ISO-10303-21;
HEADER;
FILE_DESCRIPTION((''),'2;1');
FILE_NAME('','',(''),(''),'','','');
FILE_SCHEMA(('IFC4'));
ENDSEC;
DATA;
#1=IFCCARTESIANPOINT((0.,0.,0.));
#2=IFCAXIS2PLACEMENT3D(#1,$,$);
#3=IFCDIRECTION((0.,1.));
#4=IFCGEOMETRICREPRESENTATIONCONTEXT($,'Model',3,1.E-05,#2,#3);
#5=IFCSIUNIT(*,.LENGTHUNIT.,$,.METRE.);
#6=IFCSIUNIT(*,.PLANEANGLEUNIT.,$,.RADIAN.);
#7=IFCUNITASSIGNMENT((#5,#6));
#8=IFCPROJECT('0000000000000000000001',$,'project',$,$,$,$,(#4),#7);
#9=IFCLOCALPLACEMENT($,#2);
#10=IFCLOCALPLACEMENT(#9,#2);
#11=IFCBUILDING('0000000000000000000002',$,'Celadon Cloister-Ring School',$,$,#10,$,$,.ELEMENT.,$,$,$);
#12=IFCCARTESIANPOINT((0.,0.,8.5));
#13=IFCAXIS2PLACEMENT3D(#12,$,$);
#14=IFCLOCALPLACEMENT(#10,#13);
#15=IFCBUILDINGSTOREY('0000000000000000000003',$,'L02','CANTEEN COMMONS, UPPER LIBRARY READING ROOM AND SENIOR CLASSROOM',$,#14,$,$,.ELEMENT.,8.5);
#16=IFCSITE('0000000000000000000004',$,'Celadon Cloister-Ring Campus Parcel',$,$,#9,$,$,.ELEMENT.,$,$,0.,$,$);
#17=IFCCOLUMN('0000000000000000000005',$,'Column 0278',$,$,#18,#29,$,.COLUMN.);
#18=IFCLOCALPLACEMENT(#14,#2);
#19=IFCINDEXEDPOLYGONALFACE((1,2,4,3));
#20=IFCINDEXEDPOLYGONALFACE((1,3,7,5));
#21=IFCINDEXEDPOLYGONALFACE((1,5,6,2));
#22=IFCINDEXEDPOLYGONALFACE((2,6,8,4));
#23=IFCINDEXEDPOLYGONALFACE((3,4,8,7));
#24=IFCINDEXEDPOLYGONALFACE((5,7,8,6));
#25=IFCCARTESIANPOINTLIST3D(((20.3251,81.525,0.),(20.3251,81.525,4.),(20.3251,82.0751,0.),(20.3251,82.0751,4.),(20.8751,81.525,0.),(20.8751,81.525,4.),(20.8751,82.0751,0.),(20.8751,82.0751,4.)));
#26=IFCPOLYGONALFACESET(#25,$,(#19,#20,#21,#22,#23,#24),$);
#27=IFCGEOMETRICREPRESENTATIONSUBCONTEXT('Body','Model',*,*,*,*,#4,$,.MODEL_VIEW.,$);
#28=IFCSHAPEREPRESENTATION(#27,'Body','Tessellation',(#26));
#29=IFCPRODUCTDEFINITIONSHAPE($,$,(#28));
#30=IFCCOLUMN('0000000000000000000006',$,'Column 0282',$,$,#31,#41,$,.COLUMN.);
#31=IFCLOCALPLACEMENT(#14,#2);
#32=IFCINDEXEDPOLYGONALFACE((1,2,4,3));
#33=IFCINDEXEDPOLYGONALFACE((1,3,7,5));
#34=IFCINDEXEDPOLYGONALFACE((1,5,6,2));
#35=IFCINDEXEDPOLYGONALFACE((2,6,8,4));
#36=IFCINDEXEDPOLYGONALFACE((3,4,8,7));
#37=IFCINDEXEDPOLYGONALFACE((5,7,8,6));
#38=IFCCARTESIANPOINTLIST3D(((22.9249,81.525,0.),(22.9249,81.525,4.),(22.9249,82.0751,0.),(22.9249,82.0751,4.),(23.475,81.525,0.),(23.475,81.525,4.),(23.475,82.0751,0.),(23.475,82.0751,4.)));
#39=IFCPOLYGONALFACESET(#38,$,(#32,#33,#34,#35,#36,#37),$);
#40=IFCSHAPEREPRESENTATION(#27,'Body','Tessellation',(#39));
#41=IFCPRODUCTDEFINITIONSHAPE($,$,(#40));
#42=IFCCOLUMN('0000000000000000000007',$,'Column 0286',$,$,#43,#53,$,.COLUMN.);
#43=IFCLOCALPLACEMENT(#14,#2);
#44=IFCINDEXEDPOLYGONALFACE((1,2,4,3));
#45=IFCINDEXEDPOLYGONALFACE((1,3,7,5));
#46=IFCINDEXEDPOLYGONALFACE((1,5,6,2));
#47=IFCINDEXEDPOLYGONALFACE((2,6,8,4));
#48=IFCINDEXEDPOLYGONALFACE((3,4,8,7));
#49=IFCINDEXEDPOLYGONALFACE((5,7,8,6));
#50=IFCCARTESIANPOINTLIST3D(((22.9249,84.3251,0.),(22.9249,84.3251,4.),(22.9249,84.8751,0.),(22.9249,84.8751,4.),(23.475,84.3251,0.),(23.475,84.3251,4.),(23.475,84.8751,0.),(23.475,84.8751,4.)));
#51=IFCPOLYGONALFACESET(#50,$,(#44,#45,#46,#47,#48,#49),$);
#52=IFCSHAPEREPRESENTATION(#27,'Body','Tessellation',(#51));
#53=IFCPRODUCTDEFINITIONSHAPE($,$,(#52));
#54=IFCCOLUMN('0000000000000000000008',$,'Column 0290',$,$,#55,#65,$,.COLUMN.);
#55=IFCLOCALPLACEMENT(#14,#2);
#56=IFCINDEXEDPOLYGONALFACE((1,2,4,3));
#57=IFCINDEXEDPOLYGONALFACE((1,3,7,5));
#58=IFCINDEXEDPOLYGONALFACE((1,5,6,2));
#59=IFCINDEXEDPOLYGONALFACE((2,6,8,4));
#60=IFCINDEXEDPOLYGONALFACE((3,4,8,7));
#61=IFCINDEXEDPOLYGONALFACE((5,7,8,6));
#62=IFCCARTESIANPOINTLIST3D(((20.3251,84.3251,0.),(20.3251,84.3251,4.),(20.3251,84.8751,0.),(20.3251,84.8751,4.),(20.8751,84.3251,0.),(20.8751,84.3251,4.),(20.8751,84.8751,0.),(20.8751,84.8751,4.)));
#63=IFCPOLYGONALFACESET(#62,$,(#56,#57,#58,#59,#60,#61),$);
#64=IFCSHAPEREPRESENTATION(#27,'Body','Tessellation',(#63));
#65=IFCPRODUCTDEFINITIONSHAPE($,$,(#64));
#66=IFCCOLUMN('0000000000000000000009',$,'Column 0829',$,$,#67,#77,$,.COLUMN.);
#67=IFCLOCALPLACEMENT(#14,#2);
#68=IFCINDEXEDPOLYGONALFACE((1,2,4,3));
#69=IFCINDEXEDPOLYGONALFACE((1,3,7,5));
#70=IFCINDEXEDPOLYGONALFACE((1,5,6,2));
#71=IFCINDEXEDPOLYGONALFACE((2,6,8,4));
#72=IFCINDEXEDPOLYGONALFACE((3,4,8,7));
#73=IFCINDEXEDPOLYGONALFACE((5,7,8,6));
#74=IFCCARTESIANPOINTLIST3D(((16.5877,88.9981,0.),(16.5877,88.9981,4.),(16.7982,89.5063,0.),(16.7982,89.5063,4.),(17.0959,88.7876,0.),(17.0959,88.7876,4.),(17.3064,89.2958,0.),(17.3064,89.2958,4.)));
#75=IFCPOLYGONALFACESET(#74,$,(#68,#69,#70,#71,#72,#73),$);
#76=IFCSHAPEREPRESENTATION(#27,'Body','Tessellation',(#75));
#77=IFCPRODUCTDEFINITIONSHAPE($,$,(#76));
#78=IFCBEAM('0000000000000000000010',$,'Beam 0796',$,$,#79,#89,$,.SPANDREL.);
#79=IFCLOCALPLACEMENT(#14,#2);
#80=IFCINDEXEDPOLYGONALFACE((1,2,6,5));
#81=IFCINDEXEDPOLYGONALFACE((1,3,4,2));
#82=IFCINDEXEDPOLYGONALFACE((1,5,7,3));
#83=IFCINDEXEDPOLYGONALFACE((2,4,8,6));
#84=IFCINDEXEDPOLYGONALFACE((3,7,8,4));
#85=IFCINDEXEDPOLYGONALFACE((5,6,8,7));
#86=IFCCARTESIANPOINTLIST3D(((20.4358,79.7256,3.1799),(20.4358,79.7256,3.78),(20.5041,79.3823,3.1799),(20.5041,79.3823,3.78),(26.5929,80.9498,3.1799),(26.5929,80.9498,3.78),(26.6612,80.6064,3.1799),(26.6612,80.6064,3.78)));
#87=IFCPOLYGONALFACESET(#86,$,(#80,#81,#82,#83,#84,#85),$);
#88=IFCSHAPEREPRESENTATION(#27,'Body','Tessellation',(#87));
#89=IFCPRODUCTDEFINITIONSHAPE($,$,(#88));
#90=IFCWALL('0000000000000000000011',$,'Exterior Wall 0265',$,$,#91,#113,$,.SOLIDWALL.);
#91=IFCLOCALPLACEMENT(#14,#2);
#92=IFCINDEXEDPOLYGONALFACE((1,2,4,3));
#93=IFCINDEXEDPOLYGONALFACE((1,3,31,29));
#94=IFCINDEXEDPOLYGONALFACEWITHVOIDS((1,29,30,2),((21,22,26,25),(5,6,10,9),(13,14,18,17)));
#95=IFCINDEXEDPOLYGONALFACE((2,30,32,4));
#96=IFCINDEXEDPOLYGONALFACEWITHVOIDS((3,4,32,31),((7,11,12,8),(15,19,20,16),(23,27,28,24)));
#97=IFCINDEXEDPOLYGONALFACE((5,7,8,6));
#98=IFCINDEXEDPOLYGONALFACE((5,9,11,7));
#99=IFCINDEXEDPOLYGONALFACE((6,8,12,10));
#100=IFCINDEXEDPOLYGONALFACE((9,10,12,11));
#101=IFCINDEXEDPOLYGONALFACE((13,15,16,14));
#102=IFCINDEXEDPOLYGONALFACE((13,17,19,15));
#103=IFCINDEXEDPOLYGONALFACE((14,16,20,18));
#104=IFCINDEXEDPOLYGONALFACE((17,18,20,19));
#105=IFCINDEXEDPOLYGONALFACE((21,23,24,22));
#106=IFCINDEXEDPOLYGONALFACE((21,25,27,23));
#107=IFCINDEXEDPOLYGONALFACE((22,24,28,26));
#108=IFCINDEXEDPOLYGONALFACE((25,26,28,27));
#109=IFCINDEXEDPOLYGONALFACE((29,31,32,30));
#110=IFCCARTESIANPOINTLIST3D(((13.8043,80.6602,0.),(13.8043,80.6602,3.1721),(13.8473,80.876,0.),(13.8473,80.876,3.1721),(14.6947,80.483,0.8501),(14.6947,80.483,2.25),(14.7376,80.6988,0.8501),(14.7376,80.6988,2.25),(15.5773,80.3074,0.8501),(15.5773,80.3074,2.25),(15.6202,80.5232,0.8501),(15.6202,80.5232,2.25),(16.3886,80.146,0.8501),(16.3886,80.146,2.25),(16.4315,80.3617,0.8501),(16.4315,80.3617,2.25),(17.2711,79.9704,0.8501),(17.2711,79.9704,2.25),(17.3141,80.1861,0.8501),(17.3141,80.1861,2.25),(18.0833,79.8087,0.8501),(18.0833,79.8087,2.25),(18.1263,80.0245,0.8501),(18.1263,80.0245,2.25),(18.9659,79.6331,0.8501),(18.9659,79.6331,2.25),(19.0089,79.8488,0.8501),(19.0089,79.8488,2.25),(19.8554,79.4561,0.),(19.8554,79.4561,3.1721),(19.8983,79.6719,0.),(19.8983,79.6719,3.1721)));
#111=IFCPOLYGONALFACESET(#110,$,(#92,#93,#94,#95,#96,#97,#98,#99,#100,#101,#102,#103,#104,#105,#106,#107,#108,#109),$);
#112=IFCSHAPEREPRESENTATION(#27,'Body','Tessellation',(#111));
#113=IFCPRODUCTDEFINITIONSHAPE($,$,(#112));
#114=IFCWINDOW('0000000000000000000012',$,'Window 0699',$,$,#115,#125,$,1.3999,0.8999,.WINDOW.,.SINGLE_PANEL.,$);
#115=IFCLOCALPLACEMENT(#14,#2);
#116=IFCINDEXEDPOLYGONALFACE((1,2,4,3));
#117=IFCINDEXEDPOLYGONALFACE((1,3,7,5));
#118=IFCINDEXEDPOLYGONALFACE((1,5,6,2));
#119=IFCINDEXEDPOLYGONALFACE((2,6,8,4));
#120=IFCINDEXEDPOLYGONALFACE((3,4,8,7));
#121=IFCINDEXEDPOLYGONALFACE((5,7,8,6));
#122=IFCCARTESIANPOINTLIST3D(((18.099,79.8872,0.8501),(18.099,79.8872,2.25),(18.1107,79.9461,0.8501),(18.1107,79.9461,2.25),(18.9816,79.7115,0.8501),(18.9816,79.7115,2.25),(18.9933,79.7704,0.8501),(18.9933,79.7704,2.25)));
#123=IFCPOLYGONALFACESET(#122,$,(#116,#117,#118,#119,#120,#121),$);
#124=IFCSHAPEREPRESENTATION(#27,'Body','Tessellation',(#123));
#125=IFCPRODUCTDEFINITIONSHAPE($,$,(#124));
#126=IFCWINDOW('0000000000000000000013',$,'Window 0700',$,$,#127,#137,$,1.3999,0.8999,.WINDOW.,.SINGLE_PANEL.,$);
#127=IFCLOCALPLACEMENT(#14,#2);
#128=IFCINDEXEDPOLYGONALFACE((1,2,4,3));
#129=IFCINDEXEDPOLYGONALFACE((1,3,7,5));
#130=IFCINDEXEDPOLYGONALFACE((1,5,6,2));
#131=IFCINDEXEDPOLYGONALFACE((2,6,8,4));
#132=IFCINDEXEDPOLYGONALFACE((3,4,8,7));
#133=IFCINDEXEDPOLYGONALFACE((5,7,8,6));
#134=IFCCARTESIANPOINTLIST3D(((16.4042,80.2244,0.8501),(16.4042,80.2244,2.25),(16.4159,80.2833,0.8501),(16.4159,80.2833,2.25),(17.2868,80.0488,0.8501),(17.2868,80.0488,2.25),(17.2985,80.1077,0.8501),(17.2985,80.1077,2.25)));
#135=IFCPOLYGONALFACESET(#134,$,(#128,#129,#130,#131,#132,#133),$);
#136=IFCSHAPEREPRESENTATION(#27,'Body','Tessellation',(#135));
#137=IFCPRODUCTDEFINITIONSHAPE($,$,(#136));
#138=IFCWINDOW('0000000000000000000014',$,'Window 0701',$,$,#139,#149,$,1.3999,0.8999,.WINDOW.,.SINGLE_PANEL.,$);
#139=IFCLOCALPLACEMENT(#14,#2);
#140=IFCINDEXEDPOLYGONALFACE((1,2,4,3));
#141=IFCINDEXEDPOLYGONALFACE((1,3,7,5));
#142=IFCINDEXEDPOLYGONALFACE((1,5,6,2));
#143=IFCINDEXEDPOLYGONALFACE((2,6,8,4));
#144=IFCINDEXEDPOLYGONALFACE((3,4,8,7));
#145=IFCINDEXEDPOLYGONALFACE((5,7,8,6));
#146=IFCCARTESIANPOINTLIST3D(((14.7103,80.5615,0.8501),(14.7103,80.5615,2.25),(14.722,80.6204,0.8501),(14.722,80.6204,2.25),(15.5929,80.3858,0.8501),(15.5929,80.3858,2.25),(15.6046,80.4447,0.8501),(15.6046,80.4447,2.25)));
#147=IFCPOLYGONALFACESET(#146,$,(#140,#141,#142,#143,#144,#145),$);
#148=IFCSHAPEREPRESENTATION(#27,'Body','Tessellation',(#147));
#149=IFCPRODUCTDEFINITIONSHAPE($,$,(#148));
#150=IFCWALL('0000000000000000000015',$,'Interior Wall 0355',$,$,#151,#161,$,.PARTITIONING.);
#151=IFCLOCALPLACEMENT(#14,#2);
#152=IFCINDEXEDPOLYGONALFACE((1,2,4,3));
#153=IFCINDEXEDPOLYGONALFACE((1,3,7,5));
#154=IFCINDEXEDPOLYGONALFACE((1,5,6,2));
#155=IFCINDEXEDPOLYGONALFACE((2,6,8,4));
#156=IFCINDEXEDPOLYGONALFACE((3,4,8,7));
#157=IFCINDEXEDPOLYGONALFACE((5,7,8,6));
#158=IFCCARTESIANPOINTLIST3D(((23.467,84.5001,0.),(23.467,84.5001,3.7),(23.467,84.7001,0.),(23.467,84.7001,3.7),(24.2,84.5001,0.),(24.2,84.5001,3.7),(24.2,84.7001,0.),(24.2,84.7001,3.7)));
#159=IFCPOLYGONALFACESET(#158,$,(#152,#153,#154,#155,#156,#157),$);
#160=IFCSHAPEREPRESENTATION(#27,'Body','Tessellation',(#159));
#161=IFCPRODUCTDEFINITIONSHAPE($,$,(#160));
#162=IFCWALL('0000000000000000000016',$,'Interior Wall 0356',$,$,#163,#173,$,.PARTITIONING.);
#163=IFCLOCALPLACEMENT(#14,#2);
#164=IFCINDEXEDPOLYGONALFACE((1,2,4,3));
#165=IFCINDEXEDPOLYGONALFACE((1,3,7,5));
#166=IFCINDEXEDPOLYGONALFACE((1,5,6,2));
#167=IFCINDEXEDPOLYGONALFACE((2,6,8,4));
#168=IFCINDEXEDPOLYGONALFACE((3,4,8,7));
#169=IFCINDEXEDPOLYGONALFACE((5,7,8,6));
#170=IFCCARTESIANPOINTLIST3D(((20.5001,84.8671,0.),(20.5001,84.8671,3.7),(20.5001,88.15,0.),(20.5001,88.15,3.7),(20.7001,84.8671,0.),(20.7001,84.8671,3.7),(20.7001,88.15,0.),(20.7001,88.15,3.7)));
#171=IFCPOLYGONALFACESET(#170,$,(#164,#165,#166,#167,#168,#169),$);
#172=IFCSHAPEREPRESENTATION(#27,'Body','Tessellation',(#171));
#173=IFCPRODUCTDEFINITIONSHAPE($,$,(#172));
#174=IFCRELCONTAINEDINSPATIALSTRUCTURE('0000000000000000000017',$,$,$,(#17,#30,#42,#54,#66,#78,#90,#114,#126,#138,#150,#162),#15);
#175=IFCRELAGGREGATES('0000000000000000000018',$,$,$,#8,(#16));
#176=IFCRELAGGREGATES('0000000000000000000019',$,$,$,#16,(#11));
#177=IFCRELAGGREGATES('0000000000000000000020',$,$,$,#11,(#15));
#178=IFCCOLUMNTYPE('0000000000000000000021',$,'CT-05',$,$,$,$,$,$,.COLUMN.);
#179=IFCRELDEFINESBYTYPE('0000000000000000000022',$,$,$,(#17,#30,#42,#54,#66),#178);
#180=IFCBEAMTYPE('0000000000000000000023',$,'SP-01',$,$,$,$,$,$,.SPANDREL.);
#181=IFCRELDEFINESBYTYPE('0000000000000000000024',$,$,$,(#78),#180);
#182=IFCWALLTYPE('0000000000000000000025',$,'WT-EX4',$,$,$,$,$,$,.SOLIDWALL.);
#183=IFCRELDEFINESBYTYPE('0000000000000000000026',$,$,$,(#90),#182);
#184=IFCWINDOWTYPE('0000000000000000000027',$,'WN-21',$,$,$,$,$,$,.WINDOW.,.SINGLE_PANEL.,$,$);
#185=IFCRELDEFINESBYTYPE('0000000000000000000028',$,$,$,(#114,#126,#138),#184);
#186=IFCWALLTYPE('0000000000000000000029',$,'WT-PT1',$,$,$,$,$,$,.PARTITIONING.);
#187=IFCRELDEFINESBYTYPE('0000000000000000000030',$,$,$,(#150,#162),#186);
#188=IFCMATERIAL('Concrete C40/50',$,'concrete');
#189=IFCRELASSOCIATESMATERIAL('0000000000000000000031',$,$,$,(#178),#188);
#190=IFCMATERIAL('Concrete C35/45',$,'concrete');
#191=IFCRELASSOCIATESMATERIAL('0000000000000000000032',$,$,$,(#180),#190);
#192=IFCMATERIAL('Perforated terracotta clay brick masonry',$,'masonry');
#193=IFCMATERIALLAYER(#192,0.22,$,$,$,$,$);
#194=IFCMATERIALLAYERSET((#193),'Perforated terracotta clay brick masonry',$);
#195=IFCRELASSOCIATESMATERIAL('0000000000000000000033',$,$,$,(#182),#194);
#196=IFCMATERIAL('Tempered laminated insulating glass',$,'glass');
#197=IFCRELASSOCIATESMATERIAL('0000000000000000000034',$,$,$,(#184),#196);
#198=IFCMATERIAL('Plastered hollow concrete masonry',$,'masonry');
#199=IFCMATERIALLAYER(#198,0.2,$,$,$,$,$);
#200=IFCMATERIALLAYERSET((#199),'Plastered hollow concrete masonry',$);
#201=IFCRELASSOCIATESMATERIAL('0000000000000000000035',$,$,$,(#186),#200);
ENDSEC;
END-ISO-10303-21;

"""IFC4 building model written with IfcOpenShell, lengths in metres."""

from ifc_helpers import new_model, si_unit, direction, frame, frame_2d, origin, origin_2d, place, context, subcontext, project, spatial, rectangle, extrude, material, layer, layer_set, material_profile, profile_set, type_object, element, fill, save


model = new_model("IFC4")

# Units and contexts
model_context = context("Model", 3, precision=1e-05, world=origin(), true_north=direction((0.0, 1.0)))
body_context = subcontext(model_context, "Body", "Model", "MODEL_VIEW")
ifc_project = project(units=[si_unit("LENGTHUNIT", "METRE"), si_unit("PLANEANGLEUNIT", "RADIAN")], contexts=[model_context])

# Site, building, storey
site_placement = place(None, origin())
site = spatial("IfcSite", under=ifc_project, at=site_placement, Name="Celadon Cloister-Ring Campus Parcel", CompositionType="ELEMENT", RefElevation=0.0)
building_placement = place(site_placement, origin())
building = spatial("IfcBuilding", under=site, at=building_placement, Name="Celadon Cloister-Ring School", CompositionType="ELEMENT")
storey_placement = place(building_placement, frame((0.0, 0.0, 8.5)))
storey = spatial("IfcBuildingStorey", under=building, at=storey_placement, Name="L02", Description="CANTEEN COMMONS, UPPER LIBRARY READING ROOM AND SENIOR CLASSROOM", CompositionType="ELEMENT", Elevation=8.5)

# Columns
ifc_material_1 = material(Name="Concrete C40/50", Category="concrete")
ifc_material_profile_1 = material_profile(ifc_material_1, rectangle(XDim=0.55, YDim=0.55, at=origin_2d()), Name="RC550X550")
ifc_profile_set_1 = profile_set([ifc_material_profile_1], Name="Concrete C40/50")
column_type = type_object("IfcColumnType", Name="CT-05", PredefinedType="COLUMN", material=ifc_profile_set_1)
for number, where, z_axis, x_axis, name in (
    (1, (20.6001, 81.8, 0.0), (0.0, 0.0, 1.0), (1.0, 0.0, 0.0), "Column 0278"),
    (2, (23.2, 81.8, 0.0), (0.0, 0.0, 1.0), (1.0, 0.0, 0.0), "Column 0282"),
    (3, (23.2, 84.6001, 0.0), (0.0, 0.0, 1.0), (1.0, 0.0, 0.0), "Column 0286"),
    (4, (20.6001, 84.6001, 0.0), (0.0, 0.0, 1.0), (1.0, 0.0, 0.0), "Column 0290"),
    (5, (16.947, 89.147, 0.0), (0.0, 0.0, 1.0), (-0.382683, -0.92388, 0.0), "Column 0829"),
):
    element("IfcColumn", number, at=place(storey_placement, frame(where, z_axis=z_axis, x_axis=x_axis)), inside=storey, type_object=column_type, Name=name, PredefinedType="COLUMN", context=body_context, shape_type="SweptSolid", body=[
        extrude(rectangle(XDim=0.55, YDim=0.55, at=origin_2d()), origin(), (0.0, 0.0, 1.0), 4.0),
    ])

# Beam
ifc_material_2 = material(Name="Concrete C35/45", Category="concrete")
ifc_material_profile_2 = material_profile(ifc_material_2, rectangle(XDim=0.3501, YDim=0.6001, at=origin_2d()), Name="RC350X600")
ifc_profile_set_2 = profile_set([ifc_material_profile_2], Name="Concrete C35/45")
beam_type = type_object("IfcBeamType", Name="SP-01", PredefinedType="SPANDREL", material=ifc_profile_set_2)
beam_placement = place(storey_placement, frame((20.47, 79.554, 3.48), z_axis=(0.980803, 0.195002, 0.0), x_axis=(-0.195002, 0.980803, 0.0)))
element("IfcBeam", 6, at=beam_placement, inside=storey, type_object=beam_type, Name="Beam 0796", PredefinedType="SPANDREL", context=body_context, shape_type="SweptSolid", body=[
    extrude(rectangle(XDim=0.3501, YDim=0.6001, at=origin_2d()), origin(), (0.0, 0.0, 1.0), 6.2776),
])

# Wall, openings, windows
ifc_material_3 = material(Name="Perforated terracotta clay brick masonry", Category="masonry")
ifc_layer_1 = layer(ifc_material_3, 0.22)
ifc_layer_set_1 = layer_set([ifc_layer_1], Name="Perforated terracotta clay brick masonry")
wall_type_1 = type_object("IfcWallType", Name="WT-EX4", PredefinedType="SOLIDWALL", material=ifc_layer_set_1)
wall_1_placement = place(storey_placement, frame((19.877, 79.564, 0.0), z_axis=(0.0, 0.0, 1.0), x_axis=(-0.98077, 0.195165, 0.0)))
wall_1 = element("IfcWall", 7, at=wall_1_placement, inside=storey, type_object=wall_type_1, Name="Exterior Wall 0265", PredefinedType="SOLIDWALL", context=body_context, shape_type="SweptSolid", body=[
    extrude(rectangle(XDim=6.1697, YDim=0.22, at=frame_2d((3.085, 0.0))), origin(), (0.0, 0.0, 1.0), 3.1721),
])
opening_1_placement = place(wall_1_placement, frame((0.907, 0.0, 0.8501)))
opening_1 = element("IfcOpeningElement", 8, at=opening_1_placement, cuts=wall_1, PredefinedType="OPENING", context=body_context, shape_type="SweptSolid", body=[
    extrude(rectangle(XDim=0.8999, YDim=1.3999, at=frame_2d((0.45, 0.7))), frame((0.0, 0.1201, 0.0), z_axis=(0.0, -1.0, 0.0), x_axis=(1.0, 0.0, 0.0)), (0.0, 0.0, 1.0), 0.24),
])
opening_2_placement = place(wall_1_placement, frame((2.635, 0.0, 0.8501)))
opening_2 = element("IfcOpeningElement", 9, at=opening_2_placement, cuts=wall_1, PredefinedType="OPENING", context=body_context, shape_type="SweptSolid", body=[
    extrude(rectangle(XDim=0.8999, YDim=1.3999, at=frame_2d((0.45, 0.7))), frame((0.0, 0.1201, 0.0), z_axis=(0.0, -1.0, 0.0), x_axis=(1.0, 0.0, 0.0)), (0.0, 0.0, 1.0), 0.24),
])
opening_3_placement = place(wall_1_placement, frame((4.3621, 0.0, 0.8501)))
opening_3 = element("IfcOpeningElement", 10, at=opening_3_placement, cuts=wall_1, PredefinedType="OPENING", context=body_context, shape_type="SweptSolid", body=[
    extrude(rectangle(XDim=0.8999, YDim=1.3999, at=frame_2d((0.45, 0.7))), frame((0.0, 0.1201, 0.0), z_axis=(0.0, -1.0, 0.0), x_axis=(1.0, 0.0, 0.0)), (0.0, 0.0, 1.0), 0.24),
])
ifc_material_4 = material(Name="Tempered laminated insulating glass", Category="glass")
window_type = type_object("IfcWindowType", Name="WN-21", PartitioningType="SINGLE_PANEL", PredefinedType="WINDOW", material=ifc_material_4)
window_1_placement = place(opening_1_placement, origin())
window_1 = element("IfcWindow", 11, at=window_1_placement, inside=storey, type_object=window_type, Name="Window 0699", OverallHeight=1.3999, OverallWidth=0.8999, PartitioningType="SINGLE_PANEL", PredefinedType="WINDOW", context=body_context, shape_type="SweptSolid", body=[
    extrude(rectangle(XDim=0.8999, YDim=1.3999, at=frame_2d((0.45, 0.7))), frame((0.0, 0.03, 0.0), z_axis=(0.0, -1.0, 0.0), x_axis=(1.0, 0.0, 0.0)), (0.0, 0.0, 1.0), 0.0601),
])
fill(opening_1, window_1)
window_2_placement = place(opening_2_placement, origin())
window_2 = element("IfcWindow", 12, at=window_2_placement, inside=storey, type_object=window_type, Name="Window 0700", OverallHeight=1.3999, OverallWidth=0.8999, PartitioningType="SINGLE_PANEL", PredefinedType="WINDOW", context=body_context, shape_type="SweptSolid", body=[
    extrude(rectangle(XDim=0.8999, YDim=1.3999, at=frame_2d((0.45, 0.7))), frame((0.0, 0.03, 0.0), z_axis=(0.0, -1.0, 0.0), x_axis=(1.0, 0.0, 0.0)), (0.0, 0.0, 1.0), 0.0601),
])
fill(opening_2, window_2)
window_3_placement = place(opening_3_placement, origin())
window_3 = element("IfcWindow", 13, at=window_3_placement, inside=storey, type_object=window_type, Name="Window 0701", OverallHeight=1.3999, OverallWidth=0.8999, PartitioningType="SINGLE_PANEL", PredefinedType="WINDOW", context=body_context, shape_type="SweptSolid", body=[
    extrude(rectangle(XDim=0.8999, YDim=1.3999, at=frame_2d((0.45, 0.7))), frame((0.0, 0.03, 0.0), z_axis=(0.0, -1.0, 0.0), x_axis=(1.0, 0.0, 0.0)), (0.0, 0.0, 1.0), 0.0601),
])
fill(opening_3, window_3)

# Walls
ifc_material_5 = material(Name="Plastered hollow concrete masonry", Category="masonry")
ifc_layer_2 = layer(ifc_material_5, 0.2)
ifc_layer_set_2 = layer_set([ifc_layer_2], Name="Plastered hollow concrete masonry")
wall_type_2 = type_object("IfcWallType", Name="WT-PT1", PredefinedType="PARTITIONING", material=ifc_layer_set_2)
wall_2_placement = place(storey_placement, frame((23.467, 84.6001, 0.0), z_axis=(0.0, 0.0, 1.0), x_axis=(1.0, 0.0, 0.0)))
element("IfcWall", 14, at=wall_2_placement, inside=storey, type_object=wall_type_2, Name="Interior Wall 0355", PredefinedType="PARTITIONING", context=body_context, shape_type="SweptSolid", body=[
    extrude(rectangle(XDim=0.7329, YDim=0.2, at=frame_2d((0.3665, 0.0))), origin(), (0.0, 0.0, 1.0), 3.7),
])
wall_3_placement = place(storey_placement, frame((20.6001, 84.8669, 0.0), z_axis=(0.0, 0.0, 1.0), x_axis=(0.0, 1.0, 0.0)))
element("IfcWall", 15, at=wall_3_placement, inside=storey, type_object=wall_type_2, Name="Interior Wall 0356", PredefinedType="PARTITIONING", context=body_context, shape_type="SweptSolid", body=[
    extrude(rectangle(XDim=3.283, YDim=0.2, at=frame_2d((1.6416, 0.0))), origin(), (0.0, 0.0, 1.0), 3.7),
])

save(model, "model.ifc")
